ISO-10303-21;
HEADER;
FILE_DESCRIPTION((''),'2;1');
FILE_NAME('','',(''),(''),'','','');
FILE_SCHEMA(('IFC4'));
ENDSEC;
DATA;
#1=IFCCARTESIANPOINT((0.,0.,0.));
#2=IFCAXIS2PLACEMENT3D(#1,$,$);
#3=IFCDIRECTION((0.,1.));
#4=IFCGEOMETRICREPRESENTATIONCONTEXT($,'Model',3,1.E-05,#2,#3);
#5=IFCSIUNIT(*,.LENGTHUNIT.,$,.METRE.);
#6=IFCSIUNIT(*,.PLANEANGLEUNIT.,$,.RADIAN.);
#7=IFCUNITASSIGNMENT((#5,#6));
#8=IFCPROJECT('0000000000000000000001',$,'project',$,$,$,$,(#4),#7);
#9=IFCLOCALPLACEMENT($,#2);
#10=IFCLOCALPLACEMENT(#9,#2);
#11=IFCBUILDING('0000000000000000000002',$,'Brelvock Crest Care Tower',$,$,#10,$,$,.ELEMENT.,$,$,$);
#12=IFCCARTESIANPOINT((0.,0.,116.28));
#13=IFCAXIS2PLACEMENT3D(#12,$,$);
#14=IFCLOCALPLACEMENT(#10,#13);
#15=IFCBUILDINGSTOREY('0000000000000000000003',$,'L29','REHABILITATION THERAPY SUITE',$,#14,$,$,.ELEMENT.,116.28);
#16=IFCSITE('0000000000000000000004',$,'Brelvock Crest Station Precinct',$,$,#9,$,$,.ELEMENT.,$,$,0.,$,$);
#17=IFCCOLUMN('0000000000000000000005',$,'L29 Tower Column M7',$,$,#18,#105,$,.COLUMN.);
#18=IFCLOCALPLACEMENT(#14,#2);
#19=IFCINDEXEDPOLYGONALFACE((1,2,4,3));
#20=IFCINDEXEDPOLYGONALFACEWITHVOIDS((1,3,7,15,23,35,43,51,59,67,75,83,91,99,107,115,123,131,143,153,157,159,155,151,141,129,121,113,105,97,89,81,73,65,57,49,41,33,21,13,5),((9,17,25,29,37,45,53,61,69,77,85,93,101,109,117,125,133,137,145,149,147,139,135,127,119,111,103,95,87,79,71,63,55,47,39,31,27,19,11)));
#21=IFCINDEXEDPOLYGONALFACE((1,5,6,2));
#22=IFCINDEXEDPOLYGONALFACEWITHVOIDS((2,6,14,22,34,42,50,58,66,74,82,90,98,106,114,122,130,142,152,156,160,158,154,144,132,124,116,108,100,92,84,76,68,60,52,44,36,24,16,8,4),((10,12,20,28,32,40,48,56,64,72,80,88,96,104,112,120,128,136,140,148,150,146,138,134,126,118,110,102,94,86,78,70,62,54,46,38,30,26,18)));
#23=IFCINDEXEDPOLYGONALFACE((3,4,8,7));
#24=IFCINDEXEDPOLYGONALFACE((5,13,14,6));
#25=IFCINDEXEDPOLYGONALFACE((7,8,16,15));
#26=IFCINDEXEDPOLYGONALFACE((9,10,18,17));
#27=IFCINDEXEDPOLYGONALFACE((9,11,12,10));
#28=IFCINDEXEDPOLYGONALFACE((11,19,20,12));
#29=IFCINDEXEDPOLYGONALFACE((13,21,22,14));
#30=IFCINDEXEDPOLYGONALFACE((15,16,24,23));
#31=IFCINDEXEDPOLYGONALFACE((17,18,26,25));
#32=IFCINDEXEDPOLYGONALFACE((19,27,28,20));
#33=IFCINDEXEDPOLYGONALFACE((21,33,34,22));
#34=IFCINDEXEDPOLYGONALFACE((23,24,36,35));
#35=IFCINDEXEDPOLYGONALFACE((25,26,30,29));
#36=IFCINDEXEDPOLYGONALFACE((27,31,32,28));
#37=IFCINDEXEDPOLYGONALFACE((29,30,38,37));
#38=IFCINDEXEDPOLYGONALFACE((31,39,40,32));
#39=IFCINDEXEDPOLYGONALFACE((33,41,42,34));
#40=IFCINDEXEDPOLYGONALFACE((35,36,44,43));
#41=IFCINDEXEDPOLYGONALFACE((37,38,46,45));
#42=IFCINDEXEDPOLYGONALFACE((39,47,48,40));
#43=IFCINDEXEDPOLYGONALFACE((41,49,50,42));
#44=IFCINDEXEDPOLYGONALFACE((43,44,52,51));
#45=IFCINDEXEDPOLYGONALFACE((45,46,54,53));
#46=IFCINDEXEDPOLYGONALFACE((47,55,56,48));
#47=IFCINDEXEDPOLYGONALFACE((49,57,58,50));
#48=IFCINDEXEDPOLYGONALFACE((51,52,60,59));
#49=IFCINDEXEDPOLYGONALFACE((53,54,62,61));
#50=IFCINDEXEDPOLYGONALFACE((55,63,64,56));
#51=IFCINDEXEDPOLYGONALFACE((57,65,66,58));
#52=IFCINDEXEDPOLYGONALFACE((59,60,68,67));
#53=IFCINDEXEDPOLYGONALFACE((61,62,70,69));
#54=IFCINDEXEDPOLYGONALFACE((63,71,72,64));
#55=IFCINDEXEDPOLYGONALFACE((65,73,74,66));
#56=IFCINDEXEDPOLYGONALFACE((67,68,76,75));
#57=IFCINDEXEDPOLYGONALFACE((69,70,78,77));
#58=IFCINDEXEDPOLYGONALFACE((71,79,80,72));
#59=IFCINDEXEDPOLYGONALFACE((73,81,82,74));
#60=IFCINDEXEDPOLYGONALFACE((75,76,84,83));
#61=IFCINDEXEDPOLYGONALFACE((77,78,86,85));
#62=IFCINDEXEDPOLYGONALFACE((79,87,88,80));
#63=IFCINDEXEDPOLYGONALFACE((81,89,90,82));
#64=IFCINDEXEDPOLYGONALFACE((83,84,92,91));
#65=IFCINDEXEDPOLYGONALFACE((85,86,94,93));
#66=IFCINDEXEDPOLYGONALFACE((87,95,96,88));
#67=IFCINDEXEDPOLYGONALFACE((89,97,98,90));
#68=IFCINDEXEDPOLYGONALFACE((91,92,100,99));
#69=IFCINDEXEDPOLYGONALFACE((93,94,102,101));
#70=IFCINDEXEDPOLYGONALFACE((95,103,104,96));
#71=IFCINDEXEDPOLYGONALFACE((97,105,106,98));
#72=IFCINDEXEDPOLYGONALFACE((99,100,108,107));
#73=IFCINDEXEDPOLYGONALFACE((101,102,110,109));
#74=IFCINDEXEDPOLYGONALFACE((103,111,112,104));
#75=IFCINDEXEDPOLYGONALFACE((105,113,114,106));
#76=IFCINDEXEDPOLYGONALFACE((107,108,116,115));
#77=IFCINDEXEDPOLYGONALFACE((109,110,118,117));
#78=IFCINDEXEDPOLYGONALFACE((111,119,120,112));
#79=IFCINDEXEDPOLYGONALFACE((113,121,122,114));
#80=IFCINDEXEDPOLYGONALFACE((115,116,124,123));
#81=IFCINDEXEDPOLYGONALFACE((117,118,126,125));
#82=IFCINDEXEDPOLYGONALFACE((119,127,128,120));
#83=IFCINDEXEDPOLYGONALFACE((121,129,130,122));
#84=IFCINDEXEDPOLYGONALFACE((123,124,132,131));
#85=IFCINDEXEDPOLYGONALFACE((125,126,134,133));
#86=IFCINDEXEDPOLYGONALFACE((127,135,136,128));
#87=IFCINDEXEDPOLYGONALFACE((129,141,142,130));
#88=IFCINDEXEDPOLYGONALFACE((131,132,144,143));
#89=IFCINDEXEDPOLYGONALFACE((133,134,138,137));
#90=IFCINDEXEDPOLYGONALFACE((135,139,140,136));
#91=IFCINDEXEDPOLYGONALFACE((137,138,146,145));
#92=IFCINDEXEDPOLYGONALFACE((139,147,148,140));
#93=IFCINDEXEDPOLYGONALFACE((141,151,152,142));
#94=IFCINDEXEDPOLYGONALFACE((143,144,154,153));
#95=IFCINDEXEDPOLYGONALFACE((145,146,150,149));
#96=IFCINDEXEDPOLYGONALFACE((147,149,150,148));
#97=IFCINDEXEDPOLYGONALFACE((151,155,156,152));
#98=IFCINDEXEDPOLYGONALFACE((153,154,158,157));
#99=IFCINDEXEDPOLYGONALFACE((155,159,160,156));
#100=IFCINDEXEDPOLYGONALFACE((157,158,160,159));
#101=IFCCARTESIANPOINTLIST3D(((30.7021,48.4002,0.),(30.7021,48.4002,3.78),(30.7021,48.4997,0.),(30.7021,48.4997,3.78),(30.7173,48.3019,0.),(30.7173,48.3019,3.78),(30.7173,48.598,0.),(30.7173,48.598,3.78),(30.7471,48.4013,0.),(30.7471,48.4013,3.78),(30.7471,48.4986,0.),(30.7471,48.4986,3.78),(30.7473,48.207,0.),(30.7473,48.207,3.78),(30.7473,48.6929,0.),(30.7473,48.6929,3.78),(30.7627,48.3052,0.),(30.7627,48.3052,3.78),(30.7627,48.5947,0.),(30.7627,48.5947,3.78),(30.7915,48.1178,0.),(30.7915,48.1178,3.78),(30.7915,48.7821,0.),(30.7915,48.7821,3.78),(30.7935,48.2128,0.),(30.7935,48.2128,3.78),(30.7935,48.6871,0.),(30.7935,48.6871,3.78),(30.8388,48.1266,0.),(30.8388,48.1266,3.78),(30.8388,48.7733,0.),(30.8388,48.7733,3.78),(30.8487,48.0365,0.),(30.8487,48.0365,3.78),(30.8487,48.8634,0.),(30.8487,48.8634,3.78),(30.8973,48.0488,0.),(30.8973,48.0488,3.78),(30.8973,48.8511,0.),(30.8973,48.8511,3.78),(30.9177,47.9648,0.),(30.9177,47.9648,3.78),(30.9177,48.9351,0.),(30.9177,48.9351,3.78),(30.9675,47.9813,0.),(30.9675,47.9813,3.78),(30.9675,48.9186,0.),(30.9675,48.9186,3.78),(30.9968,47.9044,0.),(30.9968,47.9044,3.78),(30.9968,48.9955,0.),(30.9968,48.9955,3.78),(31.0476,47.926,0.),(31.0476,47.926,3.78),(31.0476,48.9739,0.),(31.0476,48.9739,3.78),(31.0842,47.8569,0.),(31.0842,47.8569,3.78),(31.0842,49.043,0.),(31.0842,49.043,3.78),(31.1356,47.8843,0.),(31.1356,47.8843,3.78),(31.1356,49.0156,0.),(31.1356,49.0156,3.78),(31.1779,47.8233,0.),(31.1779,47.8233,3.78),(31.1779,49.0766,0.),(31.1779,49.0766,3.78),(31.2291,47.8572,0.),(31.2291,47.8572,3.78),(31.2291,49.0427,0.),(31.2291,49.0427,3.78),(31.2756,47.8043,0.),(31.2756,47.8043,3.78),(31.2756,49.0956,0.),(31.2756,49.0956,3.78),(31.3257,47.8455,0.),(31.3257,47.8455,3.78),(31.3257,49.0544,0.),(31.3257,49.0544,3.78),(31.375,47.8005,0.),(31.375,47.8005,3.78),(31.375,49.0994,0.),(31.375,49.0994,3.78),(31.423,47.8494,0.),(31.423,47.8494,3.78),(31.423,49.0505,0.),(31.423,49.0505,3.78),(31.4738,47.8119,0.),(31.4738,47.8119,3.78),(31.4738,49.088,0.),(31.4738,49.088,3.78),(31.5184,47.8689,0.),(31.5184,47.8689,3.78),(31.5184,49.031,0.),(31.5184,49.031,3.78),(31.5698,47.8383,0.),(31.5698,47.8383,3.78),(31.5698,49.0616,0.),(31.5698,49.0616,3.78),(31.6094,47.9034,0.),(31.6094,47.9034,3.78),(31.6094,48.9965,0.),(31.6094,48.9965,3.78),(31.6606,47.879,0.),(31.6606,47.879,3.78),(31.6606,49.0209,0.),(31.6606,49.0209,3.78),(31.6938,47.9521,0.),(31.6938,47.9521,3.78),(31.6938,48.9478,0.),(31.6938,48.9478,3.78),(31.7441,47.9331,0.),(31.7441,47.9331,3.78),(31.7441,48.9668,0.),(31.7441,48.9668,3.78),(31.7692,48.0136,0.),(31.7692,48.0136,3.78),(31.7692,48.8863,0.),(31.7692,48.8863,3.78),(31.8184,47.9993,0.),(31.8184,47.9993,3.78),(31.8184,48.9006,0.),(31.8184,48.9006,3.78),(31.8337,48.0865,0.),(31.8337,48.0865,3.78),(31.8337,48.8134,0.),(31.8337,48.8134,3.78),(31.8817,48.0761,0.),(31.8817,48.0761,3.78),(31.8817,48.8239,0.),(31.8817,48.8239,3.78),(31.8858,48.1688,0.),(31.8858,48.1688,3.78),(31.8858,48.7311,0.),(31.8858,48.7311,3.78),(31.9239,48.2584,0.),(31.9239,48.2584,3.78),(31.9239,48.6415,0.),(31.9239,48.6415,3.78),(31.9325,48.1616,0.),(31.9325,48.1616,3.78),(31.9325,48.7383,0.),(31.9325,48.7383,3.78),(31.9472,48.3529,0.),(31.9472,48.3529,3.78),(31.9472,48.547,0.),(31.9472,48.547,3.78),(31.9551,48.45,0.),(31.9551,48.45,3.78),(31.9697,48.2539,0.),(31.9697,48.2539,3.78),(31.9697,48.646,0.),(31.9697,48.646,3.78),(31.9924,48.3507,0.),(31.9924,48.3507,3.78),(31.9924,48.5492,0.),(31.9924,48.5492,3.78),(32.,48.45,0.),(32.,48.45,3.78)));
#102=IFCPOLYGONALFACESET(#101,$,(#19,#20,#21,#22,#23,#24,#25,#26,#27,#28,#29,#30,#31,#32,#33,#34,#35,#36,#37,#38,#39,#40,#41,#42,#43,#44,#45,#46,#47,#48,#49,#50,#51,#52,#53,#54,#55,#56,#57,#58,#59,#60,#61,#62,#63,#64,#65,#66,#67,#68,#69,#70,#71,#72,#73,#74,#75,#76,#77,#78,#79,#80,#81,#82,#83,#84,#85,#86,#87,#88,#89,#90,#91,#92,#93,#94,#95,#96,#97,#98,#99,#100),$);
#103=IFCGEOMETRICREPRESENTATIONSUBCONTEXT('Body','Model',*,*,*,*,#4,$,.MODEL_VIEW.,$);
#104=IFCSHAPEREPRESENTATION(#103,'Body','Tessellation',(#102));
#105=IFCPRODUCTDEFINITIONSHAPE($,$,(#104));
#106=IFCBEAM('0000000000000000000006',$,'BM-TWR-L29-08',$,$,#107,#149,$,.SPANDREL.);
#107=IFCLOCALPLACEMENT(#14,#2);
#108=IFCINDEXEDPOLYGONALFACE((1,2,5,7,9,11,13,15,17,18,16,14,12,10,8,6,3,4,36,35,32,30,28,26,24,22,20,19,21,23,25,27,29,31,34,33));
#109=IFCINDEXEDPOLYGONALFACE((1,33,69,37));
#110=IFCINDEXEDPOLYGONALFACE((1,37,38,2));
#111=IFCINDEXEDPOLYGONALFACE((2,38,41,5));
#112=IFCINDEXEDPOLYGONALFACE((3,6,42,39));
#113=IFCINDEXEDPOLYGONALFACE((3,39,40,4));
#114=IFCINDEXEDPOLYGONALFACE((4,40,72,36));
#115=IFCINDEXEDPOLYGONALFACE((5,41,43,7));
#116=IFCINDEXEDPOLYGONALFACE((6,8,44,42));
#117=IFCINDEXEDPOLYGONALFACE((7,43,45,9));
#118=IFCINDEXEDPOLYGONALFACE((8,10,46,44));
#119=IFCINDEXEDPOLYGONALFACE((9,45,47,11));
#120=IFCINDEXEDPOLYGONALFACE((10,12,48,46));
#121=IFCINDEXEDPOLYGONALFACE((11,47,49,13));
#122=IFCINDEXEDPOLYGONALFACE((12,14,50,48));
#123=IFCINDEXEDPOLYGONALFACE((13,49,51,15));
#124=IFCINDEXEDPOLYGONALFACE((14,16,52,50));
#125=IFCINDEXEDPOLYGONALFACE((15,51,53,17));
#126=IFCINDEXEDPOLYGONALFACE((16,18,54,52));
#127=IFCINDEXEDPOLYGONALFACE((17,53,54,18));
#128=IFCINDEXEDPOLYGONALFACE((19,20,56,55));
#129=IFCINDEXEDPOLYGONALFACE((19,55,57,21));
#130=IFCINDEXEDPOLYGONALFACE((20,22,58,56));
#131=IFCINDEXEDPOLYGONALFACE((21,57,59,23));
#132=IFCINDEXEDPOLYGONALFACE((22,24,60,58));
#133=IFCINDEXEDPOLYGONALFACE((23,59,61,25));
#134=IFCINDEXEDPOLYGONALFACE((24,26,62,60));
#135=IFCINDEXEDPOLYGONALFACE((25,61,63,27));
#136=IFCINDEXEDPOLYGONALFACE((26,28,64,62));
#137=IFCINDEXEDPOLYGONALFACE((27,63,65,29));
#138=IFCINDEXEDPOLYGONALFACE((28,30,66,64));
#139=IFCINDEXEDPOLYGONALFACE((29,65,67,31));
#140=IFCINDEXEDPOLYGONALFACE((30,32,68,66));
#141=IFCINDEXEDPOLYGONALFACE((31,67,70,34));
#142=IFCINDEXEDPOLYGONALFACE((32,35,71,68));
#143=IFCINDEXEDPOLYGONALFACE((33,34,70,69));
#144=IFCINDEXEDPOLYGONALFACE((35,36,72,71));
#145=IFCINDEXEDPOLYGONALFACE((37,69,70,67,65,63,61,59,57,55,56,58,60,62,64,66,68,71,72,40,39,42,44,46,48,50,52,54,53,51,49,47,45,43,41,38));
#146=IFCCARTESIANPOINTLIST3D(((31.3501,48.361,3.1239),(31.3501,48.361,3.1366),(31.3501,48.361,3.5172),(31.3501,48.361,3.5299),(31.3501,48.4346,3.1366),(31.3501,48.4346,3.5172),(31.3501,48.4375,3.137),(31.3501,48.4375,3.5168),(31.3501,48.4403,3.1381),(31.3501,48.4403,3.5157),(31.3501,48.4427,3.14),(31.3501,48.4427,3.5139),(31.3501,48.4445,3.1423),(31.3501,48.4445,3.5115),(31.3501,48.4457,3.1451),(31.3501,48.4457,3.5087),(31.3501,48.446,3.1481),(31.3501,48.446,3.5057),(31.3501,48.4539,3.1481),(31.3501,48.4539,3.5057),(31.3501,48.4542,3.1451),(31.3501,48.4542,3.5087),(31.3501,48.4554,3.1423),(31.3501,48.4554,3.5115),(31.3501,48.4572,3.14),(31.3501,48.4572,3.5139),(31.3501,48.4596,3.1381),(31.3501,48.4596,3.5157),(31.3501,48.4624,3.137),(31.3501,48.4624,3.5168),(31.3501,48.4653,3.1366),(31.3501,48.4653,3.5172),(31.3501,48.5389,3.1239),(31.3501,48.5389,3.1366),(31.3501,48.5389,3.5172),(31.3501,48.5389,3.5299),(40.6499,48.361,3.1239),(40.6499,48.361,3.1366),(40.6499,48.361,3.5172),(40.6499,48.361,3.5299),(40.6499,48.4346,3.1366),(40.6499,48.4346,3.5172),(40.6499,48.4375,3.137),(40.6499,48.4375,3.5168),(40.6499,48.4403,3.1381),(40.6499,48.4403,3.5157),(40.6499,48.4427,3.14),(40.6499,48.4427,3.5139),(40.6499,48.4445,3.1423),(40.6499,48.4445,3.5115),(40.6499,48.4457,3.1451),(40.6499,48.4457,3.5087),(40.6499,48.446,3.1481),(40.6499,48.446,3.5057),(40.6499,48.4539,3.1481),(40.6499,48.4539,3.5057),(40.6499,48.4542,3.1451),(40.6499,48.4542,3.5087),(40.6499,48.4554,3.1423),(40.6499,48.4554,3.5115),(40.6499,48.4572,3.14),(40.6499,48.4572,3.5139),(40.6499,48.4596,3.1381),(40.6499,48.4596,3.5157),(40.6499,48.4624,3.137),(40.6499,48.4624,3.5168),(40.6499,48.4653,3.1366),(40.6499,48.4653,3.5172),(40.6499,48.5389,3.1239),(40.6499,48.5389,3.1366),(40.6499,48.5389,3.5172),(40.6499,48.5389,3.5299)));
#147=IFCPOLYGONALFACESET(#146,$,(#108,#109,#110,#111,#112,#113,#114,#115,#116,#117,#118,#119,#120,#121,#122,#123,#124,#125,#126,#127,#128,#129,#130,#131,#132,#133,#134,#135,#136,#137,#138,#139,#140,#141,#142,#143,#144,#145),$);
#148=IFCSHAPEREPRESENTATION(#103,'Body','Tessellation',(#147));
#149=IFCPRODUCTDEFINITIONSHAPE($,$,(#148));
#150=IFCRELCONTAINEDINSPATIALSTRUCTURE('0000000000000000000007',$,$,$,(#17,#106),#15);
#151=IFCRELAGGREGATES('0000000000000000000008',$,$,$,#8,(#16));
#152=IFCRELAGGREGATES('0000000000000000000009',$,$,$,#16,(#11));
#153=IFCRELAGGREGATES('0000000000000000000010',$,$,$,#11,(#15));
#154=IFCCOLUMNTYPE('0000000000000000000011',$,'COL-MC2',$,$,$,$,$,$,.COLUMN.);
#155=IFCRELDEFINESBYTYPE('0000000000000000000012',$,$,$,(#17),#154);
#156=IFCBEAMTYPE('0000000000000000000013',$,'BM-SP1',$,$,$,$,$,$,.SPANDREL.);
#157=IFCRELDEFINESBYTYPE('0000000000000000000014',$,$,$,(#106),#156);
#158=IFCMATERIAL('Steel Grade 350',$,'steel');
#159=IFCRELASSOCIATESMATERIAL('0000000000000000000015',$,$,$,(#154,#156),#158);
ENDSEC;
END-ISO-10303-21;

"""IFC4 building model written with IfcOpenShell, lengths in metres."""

from ifc_helpers import new_model, si_unit, direction, frame, origin, origin_2d, place, context, subcontext, project, spatial, hollow_circle, i_section, extrude, source, transform, mapped, material, material_profile, profile_set, type_object, element, save


model = new_model("IFC4")

# Units and contexts
model_context = context("Model", 3, precision=1e-05, world=origin(), true_north=direction((0.0, 1.0)))
body_context = subcontext(model_context, "Body", "Model", "MODEL_VIEW")
ifc_project = project(units=[si_unit("LENGTHUNIT", "METRE"), si_unit("PLANEANGLEUNIT", "RADIAN")], contexts=[model_context])

# Site, building, storey
site_placement = place(None, origin())
site = spatial("IfcSite", under=ifc_project, at=site_placement, Name="Brelvock Crest Station Precinct", CompositionType="ELEMENT", RefElevation=0.0)
building_placement = place(site_placement, origin())
building = spatial("IfcBuilding", under=site, at=building_placement, Name="Brelvock Crest Care Tower", CompositionType="ELEMENT")
storey_placement = place(building_placement, frame((0.0, 0.0, 116.28)))
storey = spatial("IfcBuildingStorey", under=building, at=storey_placement, Name="L29", Description="REHABILITATION THERAPY SUITE", CompositionType="ELEMENT", Elevation=116.28)

# Column
ifc_material_1 = material(Name="Steel Grade 350", Category="steel")
ifc_material_profile_1 = material_profile(ifc_material_1, hollow_circle(Radius=0.6499, WallThickness=0.0449, at=origin_2d()), Name="CFT1300x45")
ifc_profile_set_1 = profile_set([ifc_material_profile_1], Name="Steel Grade 350")
column_type = type_object("IfcColumnType", Name="COL-MC2", PredefinedType="COLUMN", material=ifc_profile_set_1)
shared_shape_1 = source(origin(), body_context, "Body", "SweptSolid", [
    extrude(hollow_circle(Radius=0.6499, WallThickness=0.0449, at=origin_2d()), origin(), (0.0, 0.0, 1.0), 3.78),
])
column_placement = place(storey_placement, frame((31.3501, 48.45, 0.0), z_axis=(0.0, 0.0, 1.0), x_axis=(1.0, 0.0, 0.0)))
element("IfcColumn", 1, at=column_placement, inside=storey, type_object=column_type, Name="L29 Tower Column M7", PredefinedType="COLUMN", context=body_context, shape_type="MappedRepresentation", body=[
    mapped(shared_shape_1, transform((0.0, 0.0, 0.0), x_axis=(1.0, 0.0, 0.0), y_axis=(0.0, 1.0, 0.0), z_axis=(0.0, 0.0, 1.0), scale=1.0)),
])

# Beam
ifc_material_profile_2 = material_profile(ifc_material_1, i_section(OverallWidth=0.178, OverallDepth=0.406, WebThickness=0.0078, FlangeThickness=0.0127, FilletRadius=0.0115, at=origin_2d()), Name="410UB59.7")
ifc_profile_set_2 = profile_set([ifc_material_profile_2], Name="Steel Grade 350")
beam_type_1 = type_object("IfcBeamType", Name="BM-SP1", PredefinedType="SPANDREL", material=ifc_profile_set_2)
shared_shape_2 = source(origin(), body_context, "Body", "SweptSolid", [
    extrude(i_section(OverallWidth=0.178, OverallDepth=0.406, WebThickness=0.0078, FlangeThickness=0.0127, FilletRadius=0.0115, at=origin_2d()), origin(), (0.0, 0.0, 1.0), 9.2998),
])
beam_placement = place(storey_placement, frame((31.3501, 48.45, 3.3269), z_axis=(1.0, 0.0, 0.0), x_axis=(0.0, 1.0, 0.0)))
element("IfcBeam", 2, at=beam_placement, inside=storey, type_object=beam_type_1, Name="BM-TWR-L29-08", PredefinedType="SPANDREL", context=body_context, shape_type="MappedRepresentation", body=[
    mapped(shared_shape_2, transform((0.0, 0.0, 0.0), x_axis=(1.0, 0.0, 0.0), y_axis=(0.0, 1.0, 0.0), z_axis=(0.0, 0.0, 1.0), scale=1.0)),
])

save(model, "model.ifc")
